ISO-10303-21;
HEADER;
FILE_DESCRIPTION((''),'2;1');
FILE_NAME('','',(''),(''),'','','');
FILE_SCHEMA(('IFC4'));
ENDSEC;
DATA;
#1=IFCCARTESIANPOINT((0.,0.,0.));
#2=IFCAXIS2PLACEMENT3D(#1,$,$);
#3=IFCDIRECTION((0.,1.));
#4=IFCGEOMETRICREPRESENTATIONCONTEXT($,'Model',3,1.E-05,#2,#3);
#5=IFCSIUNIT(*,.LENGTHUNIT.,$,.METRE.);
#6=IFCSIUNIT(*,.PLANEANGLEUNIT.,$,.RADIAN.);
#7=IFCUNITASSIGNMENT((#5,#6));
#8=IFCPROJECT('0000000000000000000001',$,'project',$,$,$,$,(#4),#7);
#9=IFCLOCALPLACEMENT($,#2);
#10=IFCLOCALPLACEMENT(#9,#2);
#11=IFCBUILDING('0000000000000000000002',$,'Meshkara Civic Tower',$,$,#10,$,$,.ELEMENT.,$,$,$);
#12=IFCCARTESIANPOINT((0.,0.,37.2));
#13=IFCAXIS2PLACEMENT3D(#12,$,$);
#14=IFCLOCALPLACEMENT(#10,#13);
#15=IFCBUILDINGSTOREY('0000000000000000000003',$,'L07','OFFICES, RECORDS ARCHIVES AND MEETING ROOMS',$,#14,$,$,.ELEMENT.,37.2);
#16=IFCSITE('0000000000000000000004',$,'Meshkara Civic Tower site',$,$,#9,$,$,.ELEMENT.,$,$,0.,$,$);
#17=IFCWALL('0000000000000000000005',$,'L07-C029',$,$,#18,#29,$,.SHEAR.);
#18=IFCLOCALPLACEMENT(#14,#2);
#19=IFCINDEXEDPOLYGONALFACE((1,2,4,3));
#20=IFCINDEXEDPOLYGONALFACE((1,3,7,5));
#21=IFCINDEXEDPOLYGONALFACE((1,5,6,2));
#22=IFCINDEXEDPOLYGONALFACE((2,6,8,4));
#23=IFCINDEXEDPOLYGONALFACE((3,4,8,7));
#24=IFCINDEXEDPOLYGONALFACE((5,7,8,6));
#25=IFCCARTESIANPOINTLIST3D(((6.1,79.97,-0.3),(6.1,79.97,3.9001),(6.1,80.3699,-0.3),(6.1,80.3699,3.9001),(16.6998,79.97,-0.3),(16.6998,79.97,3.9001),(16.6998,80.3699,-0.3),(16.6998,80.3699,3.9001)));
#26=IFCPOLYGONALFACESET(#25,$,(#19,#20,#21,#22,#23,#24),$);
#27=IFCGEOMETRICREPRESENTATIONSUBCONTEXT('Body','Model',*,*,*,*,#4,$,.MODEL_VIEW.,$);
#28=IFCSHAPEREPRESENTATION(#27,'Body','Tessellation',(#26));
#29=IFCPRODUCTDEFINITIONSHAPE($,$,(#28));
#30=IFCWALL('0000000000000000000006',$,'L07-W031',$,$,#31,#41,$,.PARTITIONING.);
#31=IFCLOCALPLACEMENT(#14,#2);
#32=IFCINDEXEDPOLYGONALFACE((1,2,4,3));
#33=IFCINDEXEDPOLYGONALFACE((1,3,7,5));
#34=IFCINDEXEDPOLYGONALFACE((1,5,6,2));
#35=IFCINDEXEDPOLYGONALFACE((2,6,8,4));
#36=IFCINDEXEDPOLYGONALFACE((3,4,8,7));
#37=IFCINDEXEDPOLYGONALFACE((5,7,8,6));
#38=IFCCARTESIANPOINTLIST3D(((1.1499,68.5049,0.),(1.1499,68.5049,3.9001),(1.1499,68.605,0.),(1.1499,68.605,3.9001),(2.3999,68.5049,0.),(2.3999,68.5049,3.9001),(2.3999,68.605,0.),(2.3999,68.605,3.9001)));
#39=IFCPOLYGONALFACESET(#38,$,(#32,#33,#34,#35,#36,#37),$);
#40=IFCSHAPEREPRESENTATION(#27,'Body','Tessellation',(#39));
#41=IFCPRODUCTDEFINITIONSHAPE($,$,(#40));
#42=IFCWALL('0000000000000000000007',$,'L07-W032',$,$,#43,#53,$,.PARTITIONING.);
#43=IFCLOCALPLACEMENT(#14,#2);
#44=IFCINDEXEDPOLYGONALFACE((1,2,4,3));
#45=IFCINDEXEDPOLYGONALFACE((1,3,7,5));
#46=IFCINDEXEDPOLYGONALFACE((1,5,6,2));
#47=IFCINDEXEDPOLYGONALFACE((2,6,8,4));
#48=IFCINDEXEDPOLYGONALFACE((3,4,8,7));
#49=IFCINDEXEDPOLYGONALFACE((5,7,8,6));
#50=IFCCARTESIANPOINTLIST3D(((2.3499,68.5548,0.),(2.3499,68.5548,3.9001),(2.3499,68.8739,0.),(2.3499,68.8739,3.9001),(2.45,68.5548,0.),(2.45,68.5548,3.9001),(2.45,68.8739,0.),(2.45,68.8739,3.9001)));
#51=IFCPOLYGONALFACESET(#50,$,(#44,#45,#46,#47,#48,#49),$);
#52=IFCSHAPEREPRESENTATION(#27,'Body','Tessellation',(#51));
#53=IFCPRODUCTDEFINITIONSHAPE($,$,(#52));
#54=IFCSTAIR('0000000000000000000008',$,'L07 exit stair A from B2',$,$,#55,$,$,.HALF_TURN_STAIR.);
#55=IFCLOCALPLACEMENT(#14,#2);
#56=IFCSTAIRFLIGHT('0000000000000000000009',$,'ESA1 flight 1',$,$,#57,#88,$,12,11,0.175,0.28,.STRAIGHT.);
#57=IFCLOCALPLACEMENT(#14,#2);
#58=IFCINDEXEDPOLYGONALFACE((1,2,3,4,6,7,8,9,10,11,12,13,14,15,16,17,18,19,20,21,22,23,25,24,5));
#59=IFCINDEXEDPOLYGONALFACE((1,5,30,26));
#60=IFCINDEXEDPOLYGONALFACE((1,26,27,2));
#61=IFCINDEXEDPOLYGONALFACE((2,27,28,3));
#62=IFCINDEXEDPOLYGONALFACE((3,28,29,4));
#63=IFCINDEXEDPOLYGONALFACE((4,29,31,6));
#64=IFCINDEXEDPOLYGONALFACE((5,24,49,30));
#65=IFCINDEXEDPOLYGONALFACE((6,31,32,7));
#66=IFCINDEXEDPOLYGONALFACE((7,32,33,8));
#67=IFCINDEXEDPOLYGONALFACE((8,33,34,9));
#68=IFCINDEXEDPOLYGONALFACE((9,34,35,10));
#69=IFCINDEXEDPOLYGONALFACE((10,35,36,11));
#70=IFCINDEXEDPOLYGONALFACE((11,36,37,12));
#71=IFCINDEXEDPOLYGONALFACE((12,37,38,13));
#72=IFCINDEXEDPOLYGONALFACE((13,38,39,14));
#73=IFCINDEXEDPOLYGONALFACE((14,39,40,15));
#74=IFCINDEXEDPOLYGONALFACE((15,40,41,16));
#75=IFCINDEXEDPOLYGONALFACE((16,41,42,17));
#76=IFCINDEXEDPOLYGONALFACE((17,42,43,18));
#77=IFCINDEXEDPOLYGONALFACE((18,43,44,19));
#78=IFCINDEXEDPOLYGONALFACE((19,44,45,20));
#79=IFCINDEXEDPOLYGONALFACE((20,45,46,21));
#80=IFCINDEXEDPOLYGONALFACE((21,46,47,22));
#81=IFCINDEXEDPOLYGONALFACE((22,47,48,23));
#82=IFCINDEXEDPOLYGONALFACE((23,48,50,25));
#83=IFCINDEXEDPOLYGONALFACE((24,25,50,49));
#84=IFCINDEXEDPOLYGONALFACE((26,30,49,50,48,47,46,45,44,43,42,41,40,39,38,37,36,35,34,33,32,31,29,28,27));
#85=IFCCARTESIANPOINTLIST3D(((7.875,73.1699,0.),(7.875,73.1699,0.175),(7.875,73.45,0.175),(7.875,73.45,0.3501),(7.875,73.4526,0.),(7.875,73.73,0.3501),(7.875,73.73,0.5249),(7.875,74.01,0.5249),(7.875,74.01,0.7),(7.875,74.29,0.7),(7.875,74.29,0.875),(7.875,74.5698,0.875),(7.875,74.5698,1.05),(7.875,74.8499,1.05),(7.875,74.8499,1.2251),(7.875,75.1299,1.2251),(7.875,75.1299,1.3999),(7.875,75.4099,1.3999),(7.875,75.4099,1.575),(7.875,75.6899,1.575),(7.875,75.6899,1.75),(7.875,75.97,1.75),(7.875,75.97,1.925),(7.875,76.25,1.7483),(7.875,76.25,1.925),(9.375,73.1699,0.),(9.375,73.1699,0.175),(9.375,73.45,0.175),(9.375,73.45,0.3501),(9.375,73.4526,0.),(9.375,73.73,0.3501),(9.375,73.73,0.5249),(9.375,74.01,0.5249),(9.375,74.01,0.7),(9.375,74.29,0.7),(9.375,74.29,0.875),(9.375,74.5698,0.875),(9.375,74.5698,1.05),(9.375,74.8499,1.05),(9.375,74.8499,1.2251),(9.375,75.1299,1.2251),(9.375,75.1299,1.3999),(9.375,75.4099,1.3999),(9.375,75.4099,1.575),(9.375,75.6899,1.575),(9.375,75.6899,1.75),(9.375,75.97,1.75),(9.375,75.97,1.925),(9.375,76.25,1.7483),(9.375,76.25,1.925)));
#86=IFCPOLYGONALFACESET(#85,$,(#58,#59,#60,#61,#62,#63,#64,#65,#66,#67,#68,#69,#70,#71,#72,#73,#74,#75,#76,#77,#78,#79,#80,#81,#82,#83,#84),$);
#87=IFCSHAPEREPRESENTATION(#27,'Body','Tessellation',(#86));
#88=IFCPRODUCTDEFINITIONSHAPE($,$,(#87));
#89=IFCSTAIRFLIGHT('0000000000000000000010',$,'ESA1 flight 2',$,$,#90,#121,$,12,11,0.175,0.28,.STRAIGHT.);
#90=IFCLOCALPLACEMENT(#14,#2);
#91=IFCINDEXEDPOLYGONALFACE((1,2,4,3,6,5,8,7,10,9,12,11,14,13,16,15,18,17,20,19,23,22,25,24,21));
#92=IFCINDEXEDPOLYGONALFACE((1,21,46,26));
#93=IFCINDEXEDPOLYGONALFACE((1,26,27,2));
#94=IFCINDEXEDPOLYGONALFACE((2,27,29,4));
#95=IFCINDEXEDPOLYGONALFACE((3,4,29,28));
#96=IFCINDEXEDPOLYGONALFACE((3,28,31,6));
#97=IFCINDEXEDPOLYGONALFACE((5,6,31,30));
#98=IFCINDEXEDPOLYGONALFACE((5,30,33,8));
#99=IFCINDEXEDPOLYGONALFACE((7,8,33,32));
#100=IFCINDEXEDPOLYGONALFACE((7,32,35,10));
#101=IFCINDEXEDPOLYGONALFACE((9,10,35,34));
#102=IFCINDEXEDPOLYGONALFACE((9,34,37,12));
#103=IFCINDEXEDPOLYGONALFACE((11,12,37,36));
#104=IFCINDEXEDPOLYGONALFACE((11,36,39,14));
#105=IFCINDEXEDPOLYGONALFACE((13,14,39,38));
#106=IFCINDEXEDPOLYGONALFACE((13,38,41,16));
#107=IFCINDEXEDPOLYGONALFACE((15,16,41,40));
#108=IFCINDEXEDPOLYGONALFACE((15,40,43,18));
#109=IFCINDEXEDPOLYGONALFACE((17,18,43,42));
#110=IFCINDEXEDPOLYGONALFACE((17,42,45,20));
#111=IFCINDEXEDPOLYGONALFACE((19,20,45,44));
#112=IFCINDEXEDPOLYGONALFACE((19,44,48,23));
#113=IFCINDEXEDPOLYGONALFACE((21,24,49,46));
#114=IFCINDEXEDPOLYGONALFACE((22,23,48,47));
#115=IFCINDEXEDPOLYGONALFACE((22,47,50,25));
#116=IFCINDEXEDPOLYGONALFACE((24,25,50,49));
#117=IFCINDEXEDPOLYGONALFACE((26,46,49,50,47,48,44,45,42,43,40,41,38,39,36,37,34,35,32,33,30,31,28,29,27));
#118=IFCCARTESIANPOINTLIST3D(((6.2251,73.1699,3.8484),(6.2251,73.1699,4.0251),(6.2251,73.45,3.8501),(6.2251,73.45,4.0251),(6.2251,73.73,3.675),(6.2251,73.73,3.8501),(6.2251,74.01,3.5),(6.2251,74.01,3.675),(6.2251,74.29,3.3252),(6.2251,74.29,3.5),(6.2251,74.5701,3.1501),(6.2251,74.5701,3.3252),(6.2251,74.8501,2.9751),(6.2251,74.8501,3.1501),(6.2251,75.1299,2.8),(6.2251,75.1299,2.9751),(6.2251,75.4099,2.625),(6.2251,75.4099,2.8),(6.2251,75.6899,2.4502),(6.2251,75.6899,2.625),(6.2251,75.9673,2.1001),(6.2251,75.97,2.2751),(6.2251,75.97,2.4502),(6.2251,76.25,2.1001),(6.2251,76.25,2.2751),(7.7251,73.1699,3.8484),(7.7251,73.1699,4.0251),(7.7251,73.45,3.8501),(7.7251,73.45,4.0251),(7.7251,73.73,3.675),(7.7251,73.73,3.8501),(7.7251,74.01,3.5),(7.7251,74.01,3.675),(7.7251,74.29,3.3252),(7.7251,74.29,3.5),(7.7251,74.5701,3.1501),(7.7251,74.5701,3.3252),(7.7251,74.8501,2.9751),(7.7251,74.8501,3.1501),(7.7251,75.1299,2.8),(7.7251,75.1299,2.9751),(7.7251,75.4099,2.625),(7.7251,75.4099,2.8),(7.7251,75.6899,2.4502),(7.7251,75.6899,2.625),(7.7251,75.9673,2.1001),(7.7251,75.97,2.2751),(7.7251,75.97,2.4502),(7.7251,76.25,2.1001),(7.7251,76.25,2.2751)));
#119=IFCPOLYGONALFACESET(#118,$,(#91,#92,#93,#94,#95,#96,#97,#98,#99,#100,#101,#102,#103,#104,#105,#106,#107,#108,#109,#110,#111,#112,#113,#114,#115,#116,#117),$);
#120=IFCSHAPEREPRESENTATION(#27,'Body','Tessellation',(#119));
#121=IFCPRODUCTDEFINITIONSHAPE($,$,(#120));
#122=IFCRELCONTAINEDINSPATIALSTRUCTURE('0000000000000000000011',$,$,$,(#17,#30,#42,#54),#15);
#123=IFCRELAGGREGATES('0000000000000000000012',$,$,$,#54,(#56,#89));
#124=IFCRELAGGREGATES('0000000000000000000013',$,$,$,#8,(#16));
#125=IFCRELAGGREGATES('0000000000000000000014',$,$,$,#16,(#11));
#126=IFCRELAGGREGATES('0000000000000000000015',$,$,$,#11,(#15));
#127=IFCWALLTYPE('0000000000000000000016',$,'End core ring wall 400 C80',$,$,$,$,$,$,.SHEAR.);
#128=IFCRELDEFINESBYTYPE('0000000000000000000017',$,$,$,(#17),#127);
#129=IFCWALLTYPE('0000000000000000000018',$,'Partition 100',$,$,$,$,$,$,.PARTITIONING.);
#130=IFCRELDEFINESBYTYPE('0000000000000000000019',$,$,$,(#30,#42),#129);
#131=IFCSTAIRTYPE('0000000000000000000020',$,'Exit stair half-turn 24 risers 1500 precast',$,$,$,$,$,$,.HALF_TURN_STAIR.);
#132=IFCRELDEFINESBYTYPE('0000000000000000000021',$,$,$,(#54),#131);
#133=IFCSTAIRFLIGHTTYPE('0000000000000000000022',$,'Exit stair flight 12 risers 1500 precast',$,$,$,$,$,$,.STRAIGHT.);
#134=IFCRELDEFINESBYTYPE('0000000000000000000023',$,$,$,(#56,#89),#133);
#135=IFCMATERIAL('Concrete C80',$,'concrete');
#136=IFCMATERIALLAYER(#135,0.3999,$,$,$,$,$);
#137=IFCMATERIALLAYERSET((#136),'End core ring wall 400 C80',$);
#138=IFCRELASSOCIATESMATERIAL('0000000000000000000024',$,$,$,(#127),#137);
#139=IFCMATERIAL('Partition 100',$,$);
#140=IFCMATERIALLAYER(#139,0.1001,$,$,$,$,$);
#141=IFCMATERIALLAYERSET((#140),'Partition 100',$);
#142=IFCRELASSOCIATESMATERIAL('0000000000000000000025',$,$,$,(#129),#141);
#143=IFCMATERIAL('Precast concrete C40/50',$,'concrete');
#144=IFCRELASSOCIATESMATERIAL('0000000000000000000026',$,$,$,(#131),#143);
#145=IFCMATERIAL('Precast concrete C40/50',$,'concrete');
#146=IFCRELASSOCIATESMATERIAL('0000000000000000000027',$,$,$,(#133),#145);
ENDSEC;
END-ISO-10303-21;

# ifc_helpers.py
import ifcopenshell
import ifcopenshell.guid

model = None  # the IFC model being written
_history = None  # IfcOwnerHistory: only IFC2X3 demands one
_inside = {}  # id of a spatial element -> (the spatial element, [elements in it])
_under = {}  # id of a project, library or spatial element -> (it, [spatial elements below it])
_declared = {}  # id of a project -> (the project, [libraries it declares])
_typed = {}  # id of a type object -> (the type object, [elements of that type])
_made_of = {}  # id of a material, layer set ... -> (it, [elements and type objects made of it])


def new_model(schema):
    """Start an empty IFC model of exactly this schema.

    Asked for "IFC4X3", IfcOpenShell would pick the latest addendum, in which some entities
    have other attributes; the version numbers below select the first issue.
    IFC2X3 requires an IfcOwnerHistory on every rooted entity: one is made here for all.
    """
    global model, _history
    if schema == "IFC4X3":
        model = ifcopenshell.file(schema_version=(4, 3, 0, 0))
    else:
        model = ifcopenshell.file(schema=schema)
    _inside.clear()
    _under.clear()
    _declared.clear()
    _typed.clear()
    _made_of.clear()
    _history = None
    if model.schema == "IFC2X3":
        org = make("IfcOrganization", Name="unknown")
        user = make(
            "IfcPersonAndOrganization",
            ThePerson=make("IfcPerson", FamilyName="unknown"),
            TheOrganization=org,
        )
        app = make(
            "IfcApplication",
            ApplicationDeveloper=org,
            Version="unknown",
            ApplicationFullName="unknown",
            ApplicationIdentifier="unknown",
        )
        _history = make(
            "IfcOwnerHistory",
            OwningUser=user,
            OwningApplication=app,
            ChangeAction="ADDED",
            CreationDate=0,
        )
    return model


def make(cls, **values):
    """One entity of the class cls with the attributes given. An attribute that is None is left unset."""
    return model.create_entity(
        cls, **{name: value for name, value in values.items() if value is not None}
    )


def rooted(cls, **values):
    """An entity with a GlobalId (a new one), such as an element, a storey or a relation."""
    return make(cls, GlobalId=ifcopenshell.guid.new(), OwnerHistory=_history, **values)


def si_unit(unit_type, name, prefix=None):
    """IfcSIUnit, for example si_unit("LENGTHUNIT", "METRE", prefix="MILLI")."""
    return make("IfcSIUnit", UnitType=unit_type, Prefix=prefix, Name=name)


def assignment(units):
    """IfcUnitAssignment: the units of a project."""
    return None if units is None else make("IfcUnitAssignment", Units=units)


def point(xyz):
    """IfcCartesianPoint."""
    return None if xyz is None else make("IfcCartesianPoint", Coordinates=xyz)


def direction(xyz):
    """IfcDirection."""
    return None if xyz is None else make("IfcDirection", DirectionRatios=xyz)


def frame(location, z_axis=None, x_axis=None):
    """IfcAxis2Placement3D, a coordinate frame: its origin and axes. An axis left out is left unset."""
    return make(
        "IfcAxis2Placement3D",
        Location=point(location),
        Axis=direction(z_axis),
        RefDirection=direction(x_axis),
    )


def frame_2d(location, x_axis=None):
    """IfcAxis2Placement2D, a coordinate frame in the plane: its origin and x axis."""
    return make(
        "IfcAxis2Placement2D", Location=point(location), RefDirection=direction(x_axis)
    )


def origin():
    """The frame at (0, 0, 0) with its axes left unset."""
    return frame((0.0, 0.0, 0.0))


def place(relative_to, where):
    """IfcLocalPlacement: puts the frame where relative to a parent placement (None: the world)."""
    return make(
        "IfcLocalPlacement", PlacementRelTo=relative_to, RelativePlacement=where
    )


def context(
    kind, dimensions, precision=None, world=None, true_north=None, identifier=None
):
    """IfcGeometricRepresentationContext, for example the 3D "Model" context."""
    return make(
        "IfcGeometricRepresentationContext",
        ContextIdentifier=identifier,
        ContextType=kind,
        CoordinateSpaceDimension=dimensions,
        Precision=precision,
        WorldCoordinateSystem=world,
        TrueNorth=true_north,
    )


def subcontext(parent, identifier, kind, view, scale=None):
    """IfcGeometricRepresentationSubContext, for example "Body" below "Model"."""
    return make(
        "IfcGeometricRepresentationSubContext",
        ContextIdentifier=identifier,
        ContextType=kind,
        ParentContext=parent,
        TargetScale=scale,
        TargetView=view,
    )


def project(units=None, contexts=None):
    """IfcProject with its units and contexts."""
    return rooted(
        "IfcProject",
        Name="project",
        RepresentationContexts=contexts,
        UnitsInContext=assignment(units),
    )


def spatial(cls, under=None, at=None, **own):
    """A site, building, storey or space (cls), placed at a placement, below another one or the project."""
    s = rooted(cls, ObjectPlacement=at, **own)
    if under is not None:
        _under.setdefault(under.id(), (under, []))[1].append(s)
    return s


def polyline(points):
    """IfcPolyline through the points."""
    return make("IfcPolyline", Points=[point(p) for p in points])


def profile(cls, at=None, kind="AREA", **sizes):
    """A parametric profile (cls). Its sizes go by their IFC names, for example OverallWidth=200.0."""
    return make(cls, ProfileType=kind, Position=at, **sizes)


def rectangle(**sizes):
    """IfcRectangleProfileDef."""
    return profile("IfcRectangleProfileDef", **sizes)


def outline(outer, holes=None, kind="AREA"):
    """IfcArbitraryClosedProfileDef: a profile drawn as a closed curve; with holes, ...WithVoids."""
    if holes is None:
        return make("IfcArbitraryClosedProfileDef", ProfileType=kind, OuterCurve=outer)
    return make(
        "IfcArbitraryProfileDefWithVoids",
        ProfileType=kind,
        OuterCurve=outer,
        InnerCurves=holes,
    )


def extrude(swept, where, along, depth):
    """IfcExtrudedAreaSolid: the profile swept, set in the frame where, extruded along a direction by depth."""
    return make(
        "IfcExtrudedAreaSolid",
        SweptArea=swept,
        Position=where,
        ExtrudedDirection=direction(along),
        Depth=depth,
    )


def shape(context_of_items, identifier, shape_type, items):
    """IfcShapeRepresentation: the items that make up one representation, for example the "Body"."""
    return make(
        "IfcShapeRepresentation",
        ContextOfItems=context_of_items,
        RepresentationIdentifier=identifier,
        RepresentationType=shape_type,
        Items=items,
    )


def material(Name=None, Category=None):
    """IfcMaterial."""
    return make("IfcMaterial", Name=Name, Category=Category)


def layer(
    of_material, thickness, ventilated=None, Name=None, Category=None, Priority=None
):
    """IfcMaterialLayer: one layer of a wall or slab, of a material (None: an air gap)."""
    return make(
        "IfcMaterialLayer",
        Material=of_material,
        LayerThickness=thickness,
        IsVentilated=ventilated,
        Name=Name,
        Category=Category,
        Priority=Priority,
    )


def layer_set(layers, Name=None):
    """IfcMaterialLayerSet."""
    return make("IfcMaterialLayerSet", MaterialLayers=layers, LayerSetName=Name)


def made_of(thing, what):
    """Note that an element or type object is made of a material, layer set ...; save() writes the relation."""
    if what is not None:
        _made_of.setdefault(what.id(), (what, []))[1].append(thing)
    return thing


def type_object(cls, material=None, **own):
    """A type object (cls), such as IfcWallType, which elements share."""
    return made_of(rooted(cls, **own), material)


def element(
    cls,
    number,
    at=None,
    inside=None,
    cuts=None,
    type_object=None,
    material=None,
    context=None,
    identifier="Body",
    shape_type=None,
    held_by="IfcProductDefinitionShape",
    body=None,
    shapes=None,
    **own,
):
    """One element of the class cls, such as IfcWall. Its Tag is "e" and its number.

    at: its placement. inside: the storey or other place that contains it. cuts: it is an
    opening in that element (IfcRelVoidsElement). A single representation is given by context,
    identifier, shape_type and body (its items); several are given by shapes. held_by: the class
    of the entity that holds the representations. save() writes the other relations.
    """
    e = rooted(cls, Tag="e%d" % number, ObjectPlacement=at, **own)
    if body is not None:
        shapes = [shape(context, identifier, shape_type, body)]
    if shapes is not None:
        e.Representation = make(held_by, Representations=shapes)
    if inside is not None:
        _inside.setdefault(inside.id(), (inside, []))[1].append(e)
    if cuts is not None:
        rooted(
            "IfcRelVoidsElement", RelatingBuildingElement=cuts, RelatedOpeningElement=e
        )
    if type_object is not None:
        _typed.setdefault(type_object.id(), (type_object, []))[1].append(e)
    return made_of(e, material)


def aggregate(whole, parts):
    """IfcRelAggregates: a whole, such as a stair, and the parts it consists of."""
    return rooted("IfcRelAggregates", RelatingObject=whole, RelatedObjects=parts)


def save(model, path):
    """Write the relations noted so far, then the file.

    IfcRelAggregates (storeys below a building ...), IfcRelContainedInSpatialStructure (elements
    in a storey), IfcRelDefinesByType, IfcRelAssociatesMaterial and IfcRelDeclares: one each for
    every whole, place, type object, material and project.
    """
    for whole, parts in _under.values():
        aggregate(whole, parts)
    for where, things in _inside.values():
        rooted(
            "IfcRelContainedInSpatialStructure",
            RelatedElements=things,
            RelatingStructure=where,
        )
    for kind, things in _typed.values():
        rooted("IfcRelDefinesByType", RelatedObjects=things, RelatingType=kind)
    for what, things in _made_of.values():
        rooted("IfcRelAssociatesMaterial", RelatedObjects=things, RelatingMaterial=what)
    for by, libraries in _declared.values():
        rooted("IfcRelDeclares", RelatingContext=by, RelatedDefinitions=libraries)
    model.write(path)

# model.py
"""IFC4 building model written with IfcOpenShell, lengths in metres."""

from ifc_helpers import new_model, si_unit, direction, frame, frame_2d, origin, place, context, subcontext, project, spatial, polyline, rectangle, outline, extrude, material, layer, layer_set, type_object, element, aggregate, save


model = new_model("IFC4")

# Units and contexts
model_context = context("Model", 3, precision=1e-05, world=origin(), true_north=direction((0.0, 1.0)))
body_context = subcontext(model_context, "Body", "Model", "MODEL_VIEW")
ifc_project = project(units=[si_unit("LENGTHUNIT", "METRE"), si_unit("PLANEANGLEUNIT", "RADIAN")], contexts=[model_context])

# Site, building, storey
site_placement = place(None, origin())
site = spatial("IfcSite", under=ifc_project, at=site_placement, Name="Meshkara Civic Tower site", CompositionType="ELEMENT", RefElevation=0.0)
building_placement = place(site_placement, origin())
building = spatial("IfcBuilding", under=site, at=building_placement, Name="Meshkara Civic Tower", CompositionType="ELEMENT")
storey_placement = place(building_placement, frame((0.0, 0.0, 37.2)))
storey = spatial("IfcBuildingStorey", under=building, at=storey_placement, Name="L07", Description="OFFICES, RECORDS ARCHIVES AND MEETING ROOMS", CompositionType="ELEMENT", Elevation=37.2)

# Shared definitions
ifc_material_1 = material(Name="Concrete C80", Category="concrete")
ifc_layer_1 = layer(ifc_material_1, 0.3999)
ifc_layer_set_1 = layer_set([ifc_layer_1], Name="End core ring wall 400 C80")
wall_type_1 = type_object("IfcWallType", Name="End core ring wall 400 C80", PredefinedType="SHEAR", material=ifc_layer_set_1)

# Walls
wall_1_placement = place(storey_placement, frame((6.1001, 80.1699, -0.3), z_axis=(0.0, 0.0, 1.0), x_axis=(1.0, 0.0, 0.0)))
element("IfcWall", 1, at=wall_1_placement, inside=storey, type_object=wall_type_1, Name="L07-C029", PredefinedType="SHEAR", context=body_context, shape_type="SweptSolid", body=[
    extrude(rectangle(XDim=10.5999, YDim=0.3999, at=frame_2d((5.2998, 0.0))), origin(), (0.0, 0.0, 1.0), 4.2002),
])
ifc_material_2 = material(Name="Partition 100")
ifc_layer_2 = layer(ifc_material_2, 0.1001)
ifc_layer_set_2 = layer_set([ifc_layer_2], Name="Partition 100")
wall_type_2 = type_object("IfcWallType", Name="Partition 100", PredefinedType="PARTITIONING", material=ifc_layer_set_2)
wall_2_placement = place(storey_placement, frame((2.3999, 68.5549, 0.0), z_axis=(0.0, 0.0, 1.0), x_axis=(-1.0, 0.0, 0.0)))
element("IfcWall", 2, at=wall_2_placement, inside=storey, type_object=wall_type_2, Name="L07-W031", PredefinedType="PARTITIONING", context=body_context, shape_type="SweptSolid", body=[
    extrude(rectangle(XDim=1.25, YDim=0.1001, at=frame_2d((0.625, 0.0))), origin(), (0.0, 0.0, 1.0), 3.9001),
])
wall_3_placement = place(storey_placement, frame((2.3999, 68.874, 0.0), z_axis=(0.0, 0.0, 1.0), x_axis=(0.0, -1.0, 0.0)))
element("IfcWall", 3, at=wall_3_placement, inside=storey, type_object=wall_type_2, Name="L07-W032", PredefinedType="PARTITIONING", context=body_context, shape_type="SweptSolid", body=[
    extrude(rectangle(XDim=0.3191, YDim=0.1001, at=frame_2d((0.1597, 0.0))), origin(), (0.0, 0.0, 1.0), 3.9001),
])

# Stair, stair flights
ifc_material_3 = material(Name="Precast concrete C40/50", Category="concrete")
stair_type = type_object("IfcStairType", Name="Exit stair half-turn 24 risers 1500 precast", PredefinedType="HALF_TURN_STAIR", material=ifc_material_3)
stair_placement = place(storey_placement, origin())
stair = element("IfcStair", 4, at=stair_placement, inside=storey, type_object=stair_type, Name="L07 exit stair A from B2", PredefinedType="HALF_TURN_STAIR")
ifc_material_4 = material(Name="Precast concrete C40/50", Category="concrete")
stair_flight_type = type_object("IfcStairFlightType", Name="Exit stair flight 12 risers 1500 precast", PredefinedType="STRAIGHT", material=ifc_material_4)
stair_flight_1_placement = place(storey_placement, frame((8.625, 73.1699, 0.0), z_axis=(0.0, 0.0, 1.0), x_axis=(0.0, 1.0, 0.0)))
stair_flight_1 = element("IfcStairFlight", 5, at=stair_flight_1_placement, type_object=stair_flight_type, Name="ESA1 flight 1", NumberOfRisers=12, NumberOfTreads=11, PredefinedType="STRAIGHT", RiserHeight=0.175, TreadLength=0.28, context=body_context, shape_type="SweptSolid", body=[
    extrude(outline(polyline([(0.0, 0.0), (0.0, 0.175), (0.28, 0.175), (0.28, 0.3501), (0.5601, 0.3501), (0.5601, 0.5249), (0.8401, 0.5249), (0.8401, 0.7), (1.1201, 0.7), (1.1201, 0.875), (1.3999, 0.875), (1.3999, 1.05), (1.6799, 1.05), (1.6799, 1.2251), (1.96, 1.2251), (1.96, 1.3999), (2.24, 1.3999), (2.24, 1.575), (2.52, 1.575), (2.52, 1.75), (2.8, 1.75), (2.8, 1.925), (3.0801, 1.925), (3.0801, 2.1001), (3.0801, 1.7483), (0.2827, 0.0), (0.0, 0.0)])), frame((0.0, 0.75, 0.0), z_axis=(0.0, -1.0, 0.0), x_axis=(1.0, 0.0, 0.0)), (0.0, 0.0, 1.0), 1.5),
])
stair_flight_2_placement = place(storey_placement, frame((6.9751, 76.25, 2.1001), z_axis=(0.0, 0.0, 1.0), x_axis=(0.0, -1.0, 0.0)))
stair_flight_2 = element("IfcStairFlight", 6, at=stair_flight_2_placement, type_object=stair_flight_type, Name="ESA1 flight 2", NumberOfRisers=12, NumberOfTreads=11, PredefinedType="STRAIGHT", RiserHeight=0.175, TreadLength=0.28, context=body_context, shape_type="SweptSolid", body=[
    extrude(outline(polyline([(0.0, 0.0), (0.0, 0.175), (0.28, 0.175), (0.28, 0.3501), (0.5601, 0.3501), (0.5601, 0.5249), (0.8401, 0.5249), (0.8401, 0.7), (1.1201, 0.7), (1.1201, 0.875), (1.3999, 0.875), (1.3999, 1.05), (1.6799, 1.05), (1.6799, 1.2251), (1.96, 1.2251), (1.96, 1.3999), (2.24, 1.3999), (2.24, 1.575), (2.52, 1.575), (2.52, 1.75), (2.8, 1.75), (2.8, 1.925), (3.0801, 1.925), (3.0801, 2.1001), (3.0801, 1.7483), (0.2827, 0.0), (0.0, 0.0)])), frame((0.0, 0.75, 0.0), z_axis=(0.0, -1.0, 0.0), x_axis=(1.0, 0.0, 0.0)), (0.0, 0.0, 1.0), 1.5),
])
aggregate(stair, [stair_flight_1, stair_flight_2])

save(model, "model.ifc")
